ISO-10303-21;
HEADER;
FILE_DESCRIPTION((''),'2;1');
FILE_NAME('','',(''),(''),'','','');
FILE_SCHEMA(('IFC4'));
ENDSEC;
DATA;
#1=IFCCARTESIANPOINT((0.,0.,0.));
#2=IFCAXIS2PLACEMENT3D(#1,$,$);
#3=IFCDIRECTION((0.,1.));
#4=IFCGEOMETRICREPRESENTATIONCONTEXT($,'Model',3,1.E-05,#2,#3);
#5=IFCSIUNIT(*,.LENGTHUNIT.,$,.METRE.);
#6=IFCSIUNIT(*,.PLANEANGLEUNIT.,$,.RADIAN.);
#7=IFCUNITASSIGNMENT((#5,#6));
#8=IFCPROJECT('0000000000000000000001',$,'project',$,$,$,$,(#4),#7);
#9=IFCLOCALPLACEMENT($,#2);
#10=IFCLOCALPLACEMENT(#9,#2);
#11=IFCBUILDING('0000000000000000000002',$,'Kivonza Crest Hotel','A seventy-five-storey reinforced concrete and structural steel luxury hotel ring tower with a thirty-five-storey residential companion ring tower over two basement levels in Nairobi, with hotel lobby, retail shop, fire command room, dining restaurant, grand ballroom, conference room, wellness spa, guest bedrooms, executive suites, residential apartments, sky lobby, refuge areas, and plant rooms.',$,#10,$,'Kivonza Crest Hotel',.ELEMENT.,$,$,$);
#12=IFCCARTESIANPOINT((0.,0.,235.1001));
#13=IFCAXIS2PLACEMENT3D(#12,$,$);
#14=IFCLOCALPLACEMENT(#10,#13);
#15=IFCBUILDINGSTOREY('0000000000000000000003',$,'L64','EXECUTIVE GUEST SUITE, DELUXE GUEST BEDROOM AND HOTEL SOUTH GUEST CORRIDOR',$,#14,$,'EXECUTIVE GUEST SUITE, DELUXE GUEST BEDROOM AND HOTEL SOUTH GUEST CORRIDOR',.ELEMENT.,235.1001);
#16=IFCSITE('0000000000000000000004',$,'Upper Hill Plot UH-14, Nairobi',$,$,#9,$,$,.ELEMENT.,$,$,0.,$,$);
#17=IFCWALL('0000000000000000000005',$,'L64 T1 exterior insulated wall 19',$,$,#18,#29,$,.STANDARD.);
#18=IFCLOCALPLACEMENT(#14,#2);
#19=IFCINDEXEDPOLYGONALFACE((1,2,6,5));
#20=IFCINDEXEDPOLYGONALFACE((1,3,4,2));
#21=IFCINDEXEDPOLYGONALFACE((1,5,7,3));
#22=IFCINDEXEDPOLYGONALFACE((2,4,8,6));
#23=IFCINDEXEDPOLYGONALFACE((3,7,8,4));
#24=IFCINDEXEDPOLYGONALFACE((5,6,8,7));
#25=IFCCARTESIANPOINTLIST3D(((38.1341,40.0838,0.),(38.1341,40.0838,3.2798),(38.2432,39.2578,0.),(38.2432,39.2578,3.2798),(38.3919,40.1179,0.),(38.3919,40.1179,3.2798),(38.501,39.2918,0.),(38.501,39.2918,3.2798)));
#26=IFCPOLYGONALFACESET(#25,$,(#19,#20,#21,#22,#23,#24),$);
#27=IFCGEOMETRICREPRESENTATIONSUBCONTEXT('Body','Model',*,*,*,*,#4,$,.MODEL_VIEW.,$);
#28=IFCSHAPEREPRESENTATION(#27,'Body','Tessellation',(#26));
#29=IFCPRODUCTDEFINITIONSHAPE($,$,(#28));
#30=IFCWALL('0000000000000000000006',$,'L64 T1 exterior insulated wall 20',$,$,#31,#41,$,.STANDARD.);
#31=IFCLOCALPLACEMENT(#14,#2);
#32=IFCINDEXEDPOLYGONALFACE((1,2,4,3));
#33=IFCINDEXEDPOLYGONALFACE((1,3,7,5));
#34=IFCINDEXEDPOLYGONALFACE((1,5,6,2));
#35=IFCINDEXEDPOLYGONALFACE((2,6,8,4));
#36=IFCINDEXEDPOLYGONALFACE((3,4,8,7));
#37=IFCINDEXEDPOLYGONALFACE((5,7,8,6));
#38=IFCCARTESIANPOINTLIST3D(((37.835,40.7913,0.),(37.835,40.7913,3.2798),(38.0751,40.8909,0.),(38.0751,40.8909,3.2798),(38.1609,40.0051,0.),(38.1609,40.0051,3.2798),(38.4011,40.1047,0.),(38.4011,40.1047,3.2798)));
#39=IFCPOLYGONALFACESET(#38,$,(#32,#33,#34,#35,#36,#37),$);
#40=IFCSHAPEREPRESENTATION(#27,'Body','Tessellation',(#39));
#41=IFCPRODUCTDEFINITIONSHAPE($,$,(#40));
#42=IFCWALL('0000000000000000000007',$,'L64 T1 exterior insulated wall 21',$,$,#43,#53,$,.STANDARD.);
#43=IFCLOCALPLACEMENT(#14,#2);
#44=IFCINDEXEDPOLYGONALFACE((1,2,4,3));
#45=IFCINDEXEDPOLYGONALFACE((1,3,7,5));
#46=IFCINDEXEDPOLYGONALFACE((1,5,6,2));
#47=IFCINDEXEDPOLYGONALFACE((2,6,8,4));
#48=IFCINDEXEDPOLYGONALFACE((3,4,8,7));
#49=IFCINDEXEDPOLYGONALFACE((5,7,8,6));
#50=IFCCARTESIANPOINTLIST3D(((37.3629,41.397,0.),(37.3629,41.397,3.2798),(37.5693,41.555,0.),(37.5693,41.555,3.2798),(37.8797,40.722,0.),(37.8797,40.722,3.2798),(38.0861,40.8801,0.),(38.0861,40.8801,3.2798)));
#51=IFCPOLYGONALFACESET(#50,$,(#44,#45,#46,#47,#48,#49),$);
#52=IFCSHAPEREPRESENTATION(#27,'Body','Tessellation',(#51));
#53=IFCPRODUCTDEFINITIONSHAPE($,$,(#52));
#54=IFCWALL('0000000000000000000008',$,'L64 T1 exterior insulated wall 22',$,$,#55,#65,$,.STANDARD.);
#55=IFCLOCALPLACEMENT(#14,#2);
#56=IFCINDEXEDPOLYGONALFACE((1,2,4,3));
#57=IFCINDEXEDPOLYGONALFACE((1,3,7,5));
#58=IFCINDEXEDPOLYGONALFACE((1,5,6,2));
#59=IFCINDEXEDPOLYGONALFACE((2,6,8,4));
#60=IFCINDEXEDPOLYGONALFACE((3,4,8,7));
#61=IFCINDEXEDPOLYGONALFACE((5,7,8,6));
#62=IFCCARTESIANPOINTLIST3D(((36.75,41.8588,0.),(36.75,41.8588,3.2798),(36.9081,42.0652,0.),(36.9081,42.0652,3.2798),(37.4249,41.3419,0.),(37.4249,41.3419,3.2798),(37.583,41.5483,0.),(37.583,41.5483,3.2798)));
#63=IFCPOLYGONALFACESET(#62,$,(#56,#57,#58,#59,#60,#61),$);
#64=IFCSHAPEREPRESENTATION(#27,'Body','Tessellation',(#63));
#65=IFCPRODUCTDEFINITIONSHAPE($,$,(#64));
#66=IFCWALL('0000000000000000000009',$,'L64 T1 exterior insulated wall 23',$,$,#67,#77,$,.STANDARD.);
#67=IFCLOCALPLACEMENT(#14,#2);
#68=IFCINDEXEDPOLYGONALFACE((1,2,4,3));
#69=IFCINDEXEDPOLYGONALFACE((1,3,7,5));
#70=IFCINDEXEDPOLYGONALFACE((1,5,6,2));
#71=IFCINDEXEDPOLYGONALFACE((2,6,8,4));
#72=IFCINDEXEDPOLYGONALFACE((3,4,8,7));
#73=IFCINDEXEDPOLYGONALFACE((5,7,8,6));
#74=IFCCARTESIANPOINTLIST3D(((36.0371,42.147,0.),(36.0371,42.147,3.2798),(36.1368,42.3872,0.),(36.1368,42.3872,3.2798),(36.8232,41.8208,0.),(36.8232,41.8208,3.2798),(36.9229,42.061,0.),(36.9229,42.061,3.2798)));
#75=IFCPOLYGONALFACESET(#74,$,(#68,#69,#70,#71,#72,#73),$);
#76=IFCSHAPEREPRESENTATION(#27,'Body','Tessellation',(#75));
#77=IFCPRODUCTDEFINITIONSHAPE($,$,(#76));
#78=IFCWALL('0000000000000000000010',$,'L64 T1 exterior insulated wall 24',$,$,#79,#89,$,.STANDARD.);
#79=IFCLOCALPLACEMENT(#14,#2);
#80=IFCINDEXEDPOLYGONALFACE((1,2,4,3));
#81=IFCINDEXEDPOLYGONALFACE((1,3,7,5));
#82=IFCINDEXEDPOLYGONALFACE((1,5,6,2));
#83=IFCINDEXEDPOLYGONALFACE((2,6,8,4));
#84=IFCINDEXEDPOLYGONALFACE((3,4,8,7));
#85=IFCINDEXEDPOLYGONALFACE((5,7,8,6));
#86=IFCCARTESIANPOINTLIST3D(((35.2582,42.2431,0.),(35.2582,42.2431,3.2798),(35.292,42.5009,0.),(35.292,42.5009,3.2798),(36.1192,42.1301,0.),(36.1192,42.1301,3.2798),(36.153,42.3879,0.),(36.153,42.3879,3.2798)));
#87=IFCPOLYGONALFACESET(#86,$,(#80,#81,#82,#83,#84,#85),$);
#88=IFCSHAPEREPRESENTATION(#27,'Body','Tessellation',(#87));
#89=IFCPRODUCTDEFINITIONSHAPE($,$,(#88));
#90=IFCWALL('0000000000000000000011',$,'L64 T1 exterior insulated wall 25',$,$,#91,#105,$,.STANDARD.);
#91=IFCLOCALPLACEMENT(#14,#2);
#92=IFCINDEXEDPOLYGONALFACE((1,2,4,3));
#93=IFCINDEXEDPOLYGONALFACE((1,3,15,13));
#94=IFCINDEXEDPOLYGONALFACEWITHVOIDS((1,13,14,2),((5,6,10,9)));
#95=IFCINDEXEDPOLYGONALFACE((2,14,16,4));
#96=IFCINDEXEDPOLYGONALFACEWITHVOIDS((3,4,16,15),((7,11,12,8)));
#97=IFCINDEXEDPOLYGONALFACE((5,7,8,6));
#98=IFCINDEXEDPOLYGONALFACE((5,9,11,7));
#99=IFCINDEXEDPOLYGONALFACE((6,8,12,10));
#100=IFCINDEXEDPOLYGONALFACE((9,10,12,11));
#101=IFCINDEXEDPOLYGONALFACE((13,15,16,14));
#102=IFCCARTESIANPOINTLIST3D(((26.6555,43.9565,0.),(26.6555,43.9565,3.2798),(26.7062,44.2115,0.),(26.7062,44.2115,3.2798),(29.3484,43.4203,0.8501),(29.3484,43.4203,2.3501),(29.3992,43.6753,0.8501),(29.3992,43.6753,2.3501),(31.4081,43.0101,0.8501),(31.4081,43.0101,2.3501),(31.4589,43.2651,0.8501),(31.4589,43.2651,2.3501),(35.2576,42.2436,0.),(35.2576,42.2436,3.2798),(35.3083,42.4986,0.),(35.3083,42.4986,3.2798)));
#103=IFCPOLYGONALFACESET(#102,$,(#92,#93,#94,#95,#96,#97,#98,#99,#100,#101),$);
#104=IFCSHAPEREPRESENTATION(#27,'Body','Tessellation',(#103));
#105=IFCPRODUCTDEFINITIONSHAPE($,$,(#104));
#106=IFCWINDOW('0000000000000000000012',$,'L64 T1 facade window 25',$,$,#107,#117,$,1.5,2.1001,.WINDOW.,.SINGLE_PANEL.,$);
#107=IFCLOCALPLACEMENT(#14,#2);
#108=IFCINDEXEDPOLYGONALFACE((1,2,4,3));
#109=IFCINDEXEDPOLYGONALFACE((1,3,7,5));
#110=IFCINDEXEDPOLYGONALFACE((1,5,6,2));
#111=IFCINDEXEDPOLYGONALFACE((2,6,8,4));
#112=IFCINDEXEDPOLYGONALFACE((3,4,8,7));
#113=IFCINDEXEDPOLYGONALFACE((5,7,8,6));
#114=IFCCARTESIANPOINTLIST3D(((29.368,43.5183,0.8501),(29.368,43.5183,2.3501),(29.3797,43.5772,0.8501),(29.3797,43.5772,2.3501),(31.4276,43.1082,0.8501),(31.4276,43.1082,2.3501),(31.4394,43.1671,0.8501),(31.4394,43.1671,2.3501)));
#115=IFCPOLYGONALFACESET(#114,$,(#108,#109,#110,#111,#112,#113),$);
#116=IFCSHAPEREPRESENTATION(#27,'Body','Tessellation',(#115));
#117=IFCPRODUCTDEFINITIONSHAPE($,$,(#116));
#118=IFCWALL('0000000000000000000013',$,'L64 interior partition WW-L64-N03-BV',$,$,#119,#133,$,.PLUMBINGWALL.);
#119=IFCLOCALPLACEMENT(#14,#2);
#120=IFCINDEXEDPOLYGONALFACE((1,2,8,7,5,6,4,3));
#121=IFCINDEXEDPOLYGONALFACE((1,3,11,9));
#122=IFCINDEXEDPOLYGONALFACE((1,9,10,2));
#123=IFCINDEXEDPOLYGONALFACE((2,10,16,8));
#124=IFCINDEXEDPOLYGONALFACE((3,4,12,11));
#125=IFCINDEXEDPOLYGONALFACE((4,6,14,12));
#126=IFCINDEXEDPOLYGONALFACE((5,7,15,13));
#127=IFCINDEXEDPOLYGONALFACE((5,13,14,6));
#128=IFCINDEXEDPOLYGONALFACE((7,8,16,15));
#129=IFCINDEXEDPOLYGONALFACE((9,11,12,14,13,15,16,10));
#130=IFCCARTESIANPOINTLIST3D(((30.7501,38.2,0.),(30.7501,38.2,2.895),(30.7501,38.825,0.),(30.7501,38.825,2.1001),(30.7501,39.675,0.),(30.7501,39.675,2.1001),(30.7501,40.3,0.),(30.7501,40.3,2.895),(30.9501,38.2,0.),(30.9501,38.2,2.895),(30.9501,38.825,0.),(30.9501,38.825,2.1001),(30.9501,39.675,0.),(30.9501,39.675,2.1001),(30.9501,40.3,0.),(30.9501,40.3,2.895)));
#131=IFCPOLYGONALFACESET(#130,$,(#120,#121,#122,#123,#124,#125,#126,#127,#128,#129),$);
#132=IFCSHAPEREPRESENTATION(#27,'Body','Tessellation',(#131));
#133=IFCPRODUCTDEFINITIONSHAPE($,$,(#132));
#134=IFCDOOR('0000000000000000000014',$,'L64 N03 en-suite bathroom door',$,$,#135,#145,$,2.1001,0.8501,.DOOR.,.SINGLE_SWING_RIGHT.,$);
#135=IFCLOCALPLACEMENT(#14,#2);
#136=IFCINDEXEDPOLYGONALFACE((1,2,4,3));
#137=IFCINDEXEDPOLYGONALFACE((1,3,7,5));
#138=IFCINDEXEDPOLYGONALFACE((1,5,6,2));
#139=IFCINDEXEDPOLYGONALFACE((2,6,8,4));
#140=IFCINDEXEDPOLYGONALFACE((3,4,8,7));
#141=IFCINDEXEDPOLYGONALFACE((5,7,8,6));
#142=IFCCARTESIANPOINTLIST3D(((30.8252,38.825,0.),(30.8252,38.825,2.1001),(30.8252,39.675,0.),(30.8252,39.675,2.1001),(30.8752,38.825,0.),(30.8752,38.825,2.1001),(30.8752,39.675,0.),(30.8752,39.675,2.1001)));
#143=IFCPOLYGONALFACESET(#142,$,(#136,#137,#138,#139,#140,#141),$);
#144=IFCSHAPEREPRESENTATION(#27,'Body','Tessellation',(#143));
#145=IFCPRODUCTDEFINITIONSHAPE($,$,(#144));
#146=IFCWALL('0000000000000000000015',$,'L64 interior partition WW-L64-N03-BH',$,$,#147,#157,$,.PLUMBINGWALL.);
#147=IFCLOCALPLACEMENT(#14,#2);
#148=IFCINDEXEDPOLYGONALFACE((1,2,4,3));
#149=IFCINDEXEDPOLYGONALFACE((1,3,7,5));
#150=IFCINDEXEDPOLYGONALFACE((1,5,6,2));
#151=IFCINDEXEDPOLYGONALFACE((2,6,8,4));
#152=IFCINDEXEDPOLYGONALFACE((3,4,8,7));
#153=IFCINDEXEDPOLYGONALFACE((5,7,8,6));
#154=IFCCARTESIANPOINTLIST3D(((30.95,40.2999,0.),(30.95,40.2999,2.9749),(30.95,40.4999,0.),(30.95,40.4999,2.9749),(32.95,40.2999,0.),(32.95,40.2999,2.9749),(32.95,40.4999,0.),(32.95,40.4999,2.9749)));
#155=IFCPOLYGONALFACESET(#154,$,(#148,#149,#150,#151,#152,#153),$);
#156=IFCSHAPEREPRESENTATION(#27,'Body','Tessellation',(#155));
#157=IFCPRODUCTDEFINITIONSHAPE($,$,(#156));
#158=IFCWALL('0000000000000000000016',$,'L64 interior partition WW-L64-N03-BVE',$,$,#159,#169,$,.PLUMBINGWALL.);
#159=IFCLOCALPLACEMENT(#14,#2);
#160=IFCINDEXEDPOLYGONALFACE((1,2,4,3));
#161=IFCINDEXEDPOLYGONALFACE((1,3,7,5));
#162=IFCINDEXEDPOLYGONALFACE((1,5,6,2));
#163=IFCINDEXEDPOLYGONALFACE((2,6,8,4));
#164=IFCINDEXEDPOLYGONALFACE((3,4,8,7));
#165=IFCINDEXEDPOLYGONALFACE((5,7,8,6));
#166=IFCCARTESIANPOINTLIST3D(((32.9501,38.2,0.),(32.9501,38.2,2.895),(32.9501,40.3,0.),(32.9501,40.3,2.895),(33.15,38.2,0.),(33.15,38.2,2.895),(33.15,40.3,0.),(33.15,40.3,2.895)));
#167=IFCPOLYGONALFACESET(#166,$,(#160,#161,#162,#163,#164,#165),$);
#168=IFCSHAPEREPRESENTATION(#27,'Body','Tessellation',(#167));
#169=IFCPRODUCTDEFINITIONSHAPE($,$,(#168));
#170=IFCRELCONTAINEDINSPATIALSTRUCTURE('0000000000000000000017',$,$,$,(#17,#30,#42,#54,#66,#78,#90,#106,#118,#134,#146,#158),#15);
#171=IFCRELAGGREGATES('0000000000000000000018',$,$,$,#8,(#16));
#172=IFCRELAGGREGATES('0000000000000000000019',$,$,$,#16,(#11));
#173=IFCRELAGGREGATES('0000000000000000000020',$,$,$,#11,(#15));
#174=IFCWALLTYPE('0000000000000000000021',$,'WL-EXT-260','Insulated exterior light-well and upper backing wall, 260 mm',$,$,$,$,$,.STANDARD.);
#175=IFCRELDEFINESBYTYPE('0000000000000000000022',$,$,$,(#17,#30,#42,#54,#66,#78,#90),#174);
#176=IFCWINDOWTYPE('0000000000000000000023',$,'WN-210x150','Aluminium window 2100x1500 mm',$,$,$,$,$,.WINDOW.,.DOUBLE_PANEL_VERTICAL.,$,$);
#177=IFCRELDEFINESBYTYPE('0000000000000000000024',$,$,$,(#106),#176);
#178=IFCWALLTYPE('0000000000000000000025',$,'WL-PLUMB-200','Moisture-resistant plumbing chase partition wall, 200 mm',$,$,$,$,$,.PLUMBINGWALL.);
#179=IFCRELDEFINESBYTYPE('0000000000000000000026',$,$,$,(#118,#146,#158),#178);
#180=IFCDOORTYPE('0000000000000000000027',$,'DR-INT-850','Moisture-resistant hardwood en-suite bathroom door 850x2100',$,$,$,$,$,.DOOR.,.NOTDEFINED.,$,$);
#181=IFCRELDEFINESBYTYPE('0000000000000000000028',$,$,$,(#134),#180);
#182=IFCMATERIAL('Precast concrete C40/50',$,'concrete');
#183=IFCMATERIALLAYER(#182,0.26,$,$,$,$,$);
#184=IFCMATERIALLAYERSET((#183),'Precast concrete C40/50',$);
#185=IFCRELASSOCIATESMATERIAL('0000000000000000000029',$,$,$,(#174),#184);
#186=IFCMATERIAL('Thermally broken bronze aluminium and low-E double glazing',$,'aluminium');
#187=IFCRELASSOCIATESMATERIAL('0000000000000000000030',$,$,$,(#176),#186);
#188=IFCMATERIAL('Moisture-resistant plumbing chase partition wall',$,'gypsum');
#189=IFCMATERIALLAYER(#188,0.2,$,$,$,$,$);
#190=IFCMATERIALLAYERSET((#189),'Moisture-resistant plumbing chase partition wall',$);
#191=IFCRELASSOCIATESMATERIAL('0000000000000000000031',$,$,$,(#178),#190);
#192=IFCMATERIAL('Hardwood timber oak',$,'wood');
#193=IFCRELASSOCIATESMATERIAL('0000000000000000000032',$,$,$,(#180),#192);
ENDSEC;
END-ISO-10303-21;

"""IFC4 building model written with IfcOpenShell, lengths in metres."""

from ifc_helpers import new_model, si_unit, direction, frame, frame_2d, origin, place, context, subcontext, project, spatial, rectangle, extrude, material, layer, layer_set, type_object, element, fill, save


model = new_model("IFC4")

# Units and contexts
model_context = context("Model", 3, precision=1e-05, world=origin(), true_north=direction((0.0, 1.0)))
body_context = subcontext(model_context, "Body", "Model", "MODEL_VIEW")
ifc_project = project(units=[si_unit("LENGTHUNIT", "METRE"), si_unit("PLANEANGLEUNIT", "RADIAN")], contexts=[model_context])

# Site, building, storey
site_placement = place(None, origin())
site = spatial("IfcSite", under=ifc_project, at=site_placement, Name="Upper Hill Plot UH-14, Nairobi", CompositionType="ELEMENT", RefElevation=0.0)
building_placement = place(site_placement, origin())
building = spatial("IfcBuilding", under=site, at=building_placement, Name="Kivonza Crest Hotel", Description="A seventy-five-storey reinforced concrete and structural steel luxury hotel ring tower with a thirty-five-storey residential companion ring tower over two basement levels in Nairobi, with hotel lobby, retail shop, fire command room, dining restaurant, grand ballroom, conference room, wellness spa, guest bedrooms, executive suites, residential apartments, sky lobby, refuge areas, and plant rooms.", LongName="Kivonza Crest Hotel", CompositionType="ELEMENT")
storey_placement = place(building_placement, frame((0.0, 0.0, 235.1001)))
storey = spatial("IfcBuildingStorey", under=building, at=storey_placement, Name="L64", Description="EXECUTIVE GUEST SUITE, DELUXE GUEST BEDROOM AND HOTEL SOUTH GUEST CORRIDOR", LongName="EXECUTIVE GUEST SUITE, DELUXE GUEST BEDROOM AND HOTEL SOUTH GUEST CORRIDOR", CompositionType="ELEMENT", Elevation=235.1001)

# Shared definitions
ifc_material_1 = material(Name="Hardwood timber oak", Category="wood")

# Walls
ifc_material_2 = material(Name="Precast concrete C40/50", Category="concrete")
ifc_layer_1 = layer(ifc_material_2, 0.26)
ifc_layer_set_1 = layer_set([ifc_layer_1], Name="Precast concrete C40/50")
wall_type_1 = type_object("IfcWallType", Name="WL-EXT-260", Description="Insulated exterior light-well and upper backing wall, 260 mm", PredefinedType="STANDARD", material=ifc_layer_set_1)
wall_1_placement = place(storey_placement, frame((38.3721, 39.2749, 0.0), z_axis=(0.0, 0.0, 1.0), x_axis=(-0.130955, 0.991388, 0.0)))
element("IfcWall", 1, at=wall_1_placement, inside=storey, type_object=wall_type_1, Name="L64 T1 exterior insulated wall 19", PredefinedType="STANDARD", context=body_context, shape_type="SweptSolid", body=[
    extrude(rectangle(XDim=0.8333, YDim=0.26, at=frame_2d((0.4165, 0.0))), origin(), (0.0, 0.0, 1.0), 3.2798),
])
wall_2_placement = place(storey_placement, frame((38.281, 40.0549, 0.0), z_axis=(0.0, 0.0, 1.0), x_axis=(-0.382985, 0.923754, 0.0)))
element("IfcWall", 2, at=wall_2_placement, inside=storey, type_object=wall_type_1, Name="L64 T1 exterior insulated wall 20", PredefinedType="STANDARD", context=body_context, shape_type="SweptSolid", body=[
    extrude(rectangle(XDim=0.8511, YDim=0.26, at=frame_2d((0.4255, 0.0))), origin(), (0.0, 0.0, 1.0), 3.2798),
])
for number, where, z_axis, x_axis, name in (
    (3, (37.9829, 40.801, 0.0), (0.0, 0.0, 1.0), (-0.607919, 0.793999, 0.0), "L64 T1 exterior insulated wall 21"),
    (4, (37.5039, 41.4451, 0.0), (0.0, 0.0, 1.0), (-0.793893, 0.608058, 0.0), "L64 T1 exterior insulated wall 22"),
):
    element("IfcWall", number, at=place(storey_placement, frame(where, z_axis=z_axis, x_axis=x_axis)), inside=storey, type_object=wall_type_1, Name=name, PredefinedType="STANDARD", context=body_context, shape_type="SweptSolid", body=[
        extrude(rectangle(XDim=0.8501, YDim=0.26, at=frame_2d((0.425, 0.0))), origin(), (0.0, 0.0, 1.0), 3.2798),
    ])
wall_3_placement = place(storey_placement, frame((36.873, 41.9409, 0.0), z_axis=(0.0, 0.0, 1.0), x_axis=(-0.923653, 0.38323, 0.0)))
element("IfcWall", 5, at=wall_3_placement, inside=storey, type_object=wall_type_1, Name="L64 T1 exterior insulated wall 23", PredefinedType="STANDARD", context=body_context, shape_type="SweptSolid", body=[
    extrude(rectangle(XDim=0.8511, YDim=0.26, at=frame_2d((0.4255, 0.0))), origin(), (0.0, 0.0, 1.0), 3.2798),
])
wall_4_placement = place(storey_placement, frame((36.136, 42.259, 0.0), z_axis=(0.0, 0.0, 1.0), x_axis=(-0.991493, 0.130156, 0.0)))
element("IfcWall", 6, at=wall_4_placement, inside=storey, type_object=wall_type_1, Name="L64 T1 exterior insulated wall 24", PredefinedType="STANDARD", context=body_context, shape_type="SweptSolid", body=[
    extrude(rectangle(XDim=0.8684, YDim=0.26, at=frame_2d((0.4341, 0.0))), origin(), (0.0, 0.0, 1.0), 3.2798),
])

# Wall, opening, window
wall_5_placement = place(storey_placement, frame((35.283, 42.3711, 0.0), z_axis=(0.0, 0.0, 1.0), x_axis=(-0.980745, 0.195292, 0.0)))
wall_5 = element("IfcWall", 7, at=wall_5_placement, inside=storey, type_object=wall_type_1, Name="L64 T1 exterior insulated wall 25", PredefinedType="STANDARD", context=body_context, shape_type="SweptSolid", body=[
    extrude(rectangle(XDim=8.771, YDim=0.26, at=frame_2d((4.3855, 0.0))), origin(), (0.0, 0.0, 1.0), 3.2798),
])
opening_1_placement = place(wall_5_placement, frame((3.925, 0.0, 0.8501)))
opening_1 = element("IfcOpeningElement", 8, at=opening_1_placement, cuts=wall_5, PredefinedType="OPENING", context=body_context, shape_type="SweptSolid", body=[
    extrude(rectangle(XDim=2.1001, YDim=1.5, at=frame_2d((1.05, 0.75))), frame((0.0, 0.1401, 0.0), z_axis=(0.0, -1.0, 0.0), x_axis=(1.0, 0.0, 0.0)), (0.0, 0.0, 1.0), 0.28),
])
ifc_material_3 = material(Name="Thermally broken bronze aluminium and low-E double glazing", Category="aluminium")
window_type = type_object("IfcWindowType", Name="WN-210x150", Description="Aluminium window 2100x1500 mm", PartitioningType="DOUBLE_PANEL_VERTICAL", PredefinedType="WINDOW", material=ifc_material_3)
window_placement = place(opening_1_placement, origin())
window = element("IfcWindow", 9, at=window_placement, inside=storey, type_object=window_type, Name="L64 T1 facade window 25", OverallHeight=1.5, OverallWidth=2.1001, PartitioningType="SINGLE_PANEL", PredefinedType="WINDOW", context=body_context, shape_type="SweptSolid", body=[
    extrude(rectangle(XDim=2.1001, YDim=1.5, at=frame_2d((1.05, 0.75))), frame((0.0, 0.03, 0.0), z_axis=(0.0, -1.0, 0.0), x_axis=(1.0, 0.0, 0.0)), (0.0, 0.0, 1.0), 0.0601),
])
fill(opening_1, window)

# Wall, opening, door
ifc_material_4 = material(Name="Moisture-resistant plumbing chase partition wall", Category="gypsum")
ifc_layer_2 = layer(ifc_material_4, 0.2)
ifc_layer_set_2 = layer_set([ifc_layer_2], Name="Moisture-resistant plumbing chase partition wall")
wall_type_2 = type_object("IfcWallType", Name="WL-PLUMB-200", Description="Moisture-resistant plumbing chase partition wall, 200 mm", PredefinedType="PLUMBINGWALL", material=ifc_layer_set_2)
wall_6_placement = place(storey_placement, frame((30.8501, 38.2, 0.0), z_axis=(0.0, 0.0, 1.0), x_axis=(0.0, 1.0, 0.0)))
wall_6 = element("IfcWall", 10, at=wall_6_placement, inside=storey, type_object=wall_type_2, Name="L64 interior partition WW-L64-N03-BV", PredefinedType="PLUMBINGWALL", context=body_context, shape_type="SweptSolid", body=[
    extrude(rectangle(XDim=2.1001, YDim=0.2, at=frame_2d((1.05, 0.0))), origin(), (0.0, 0.0, 1.0), 2.895),
])
opening_2_placement = place(wall_6_placement, frame((0.625, 0.0, 0.0)))
opening_2 = element("IfcOpeningElement", 11, at=opening_2_placement, cuts=wall_6, PredefinedType="OPENING", context=body_context, shape_type="SweptSolid", body=[
    extrude(rectangle(XDim=0.8501, YDim=2.1001, at=frame_2d((0.425, 1.05))), frame((0.0, 0.1099, 0.0), z_axis=(0.0, -1.0, 0.0), x_axis=(1.0, 0.0, 0.0)), (0.0, 0.0, 1.0), 0.22),
])
door_type_1 = type_object("IfcDoorType", Name="DR-INT-850", Description="Moisture-resistant hardwood en-suite bathroom door 850x2100", OperationType="NOTDEFINED", PredefinedType="DOOR", material=ifc_material_1)
door_1_placement = place(opening_2_placement, origin())
door_1 = element("IfcDoor", 12, at=door_1_placement, inside=storey, type_object=door_type_1, Name="L64 N03 en-suite bathroom door", OperationType="SINGLE_SWING_RIGHT", OverallHeight=2.1001, OverallWidth=0.8501, PredefinedType="DOOR", context=body_context, shape_type="SweptSolid", body=[
    extrude(rectangle(XDim=0.8501, YDim=2.1001, at=frame_2d((0.425, 1.05))), frame((0.0, 0.0249, 0.0), z_axis=(0.0, -1.0, 0.0), x_axis=(1.0, 0.0, 0.0)), (0.0, 0.0, 1.0), 0.05),
])
fill(opening_2, door_1)

# Walls
wall_7_placement = place(storey_placement, frame((30.95, 40.3999, 0.0), z_axis=(0.0, 0.0, 1.0), x_axis=(1.0, 0.0, 0.0)))
element("IfcWall", 13, at=wall_7_placement, inside=storey, type_object=wall_type_2, Name="L64 interior partition WW-L64-N03-BH", PredefinedType="PLUMBINGWALL", context=body_context, shape_type="SweptSolid", body=[
    extrude(rectangle(XDim=2.0, YDim=0.2, at=frame_2d((1.0, 0.0))), origin(), (0.0, 0.0, 1.0), 2.9749),
])
wall_8_placement = place(storey_placement, frame((33.05, 38.2, 0.0), z_axis=(0.0, 0.0, 1.0), x_axis=(0.0, 1.0, 0.0)))
element("IfcWall", 14, at=wall_8_placement, inside=storey, type_object=wall_type_2, Name="L64 interior partition WW-L64-N03-BVE", PredefinedType="PLUMBINGWALL", context=body_context, shape_type="SweptSolid", body=[
    extrude(rectangle(XDim=2.1001, YDim=0.2, at=frame_2d((1.05, 0.0))), origin(), (0.0, 0.0, 1.0), 2.895),
])

save(model, "model.ifc")
